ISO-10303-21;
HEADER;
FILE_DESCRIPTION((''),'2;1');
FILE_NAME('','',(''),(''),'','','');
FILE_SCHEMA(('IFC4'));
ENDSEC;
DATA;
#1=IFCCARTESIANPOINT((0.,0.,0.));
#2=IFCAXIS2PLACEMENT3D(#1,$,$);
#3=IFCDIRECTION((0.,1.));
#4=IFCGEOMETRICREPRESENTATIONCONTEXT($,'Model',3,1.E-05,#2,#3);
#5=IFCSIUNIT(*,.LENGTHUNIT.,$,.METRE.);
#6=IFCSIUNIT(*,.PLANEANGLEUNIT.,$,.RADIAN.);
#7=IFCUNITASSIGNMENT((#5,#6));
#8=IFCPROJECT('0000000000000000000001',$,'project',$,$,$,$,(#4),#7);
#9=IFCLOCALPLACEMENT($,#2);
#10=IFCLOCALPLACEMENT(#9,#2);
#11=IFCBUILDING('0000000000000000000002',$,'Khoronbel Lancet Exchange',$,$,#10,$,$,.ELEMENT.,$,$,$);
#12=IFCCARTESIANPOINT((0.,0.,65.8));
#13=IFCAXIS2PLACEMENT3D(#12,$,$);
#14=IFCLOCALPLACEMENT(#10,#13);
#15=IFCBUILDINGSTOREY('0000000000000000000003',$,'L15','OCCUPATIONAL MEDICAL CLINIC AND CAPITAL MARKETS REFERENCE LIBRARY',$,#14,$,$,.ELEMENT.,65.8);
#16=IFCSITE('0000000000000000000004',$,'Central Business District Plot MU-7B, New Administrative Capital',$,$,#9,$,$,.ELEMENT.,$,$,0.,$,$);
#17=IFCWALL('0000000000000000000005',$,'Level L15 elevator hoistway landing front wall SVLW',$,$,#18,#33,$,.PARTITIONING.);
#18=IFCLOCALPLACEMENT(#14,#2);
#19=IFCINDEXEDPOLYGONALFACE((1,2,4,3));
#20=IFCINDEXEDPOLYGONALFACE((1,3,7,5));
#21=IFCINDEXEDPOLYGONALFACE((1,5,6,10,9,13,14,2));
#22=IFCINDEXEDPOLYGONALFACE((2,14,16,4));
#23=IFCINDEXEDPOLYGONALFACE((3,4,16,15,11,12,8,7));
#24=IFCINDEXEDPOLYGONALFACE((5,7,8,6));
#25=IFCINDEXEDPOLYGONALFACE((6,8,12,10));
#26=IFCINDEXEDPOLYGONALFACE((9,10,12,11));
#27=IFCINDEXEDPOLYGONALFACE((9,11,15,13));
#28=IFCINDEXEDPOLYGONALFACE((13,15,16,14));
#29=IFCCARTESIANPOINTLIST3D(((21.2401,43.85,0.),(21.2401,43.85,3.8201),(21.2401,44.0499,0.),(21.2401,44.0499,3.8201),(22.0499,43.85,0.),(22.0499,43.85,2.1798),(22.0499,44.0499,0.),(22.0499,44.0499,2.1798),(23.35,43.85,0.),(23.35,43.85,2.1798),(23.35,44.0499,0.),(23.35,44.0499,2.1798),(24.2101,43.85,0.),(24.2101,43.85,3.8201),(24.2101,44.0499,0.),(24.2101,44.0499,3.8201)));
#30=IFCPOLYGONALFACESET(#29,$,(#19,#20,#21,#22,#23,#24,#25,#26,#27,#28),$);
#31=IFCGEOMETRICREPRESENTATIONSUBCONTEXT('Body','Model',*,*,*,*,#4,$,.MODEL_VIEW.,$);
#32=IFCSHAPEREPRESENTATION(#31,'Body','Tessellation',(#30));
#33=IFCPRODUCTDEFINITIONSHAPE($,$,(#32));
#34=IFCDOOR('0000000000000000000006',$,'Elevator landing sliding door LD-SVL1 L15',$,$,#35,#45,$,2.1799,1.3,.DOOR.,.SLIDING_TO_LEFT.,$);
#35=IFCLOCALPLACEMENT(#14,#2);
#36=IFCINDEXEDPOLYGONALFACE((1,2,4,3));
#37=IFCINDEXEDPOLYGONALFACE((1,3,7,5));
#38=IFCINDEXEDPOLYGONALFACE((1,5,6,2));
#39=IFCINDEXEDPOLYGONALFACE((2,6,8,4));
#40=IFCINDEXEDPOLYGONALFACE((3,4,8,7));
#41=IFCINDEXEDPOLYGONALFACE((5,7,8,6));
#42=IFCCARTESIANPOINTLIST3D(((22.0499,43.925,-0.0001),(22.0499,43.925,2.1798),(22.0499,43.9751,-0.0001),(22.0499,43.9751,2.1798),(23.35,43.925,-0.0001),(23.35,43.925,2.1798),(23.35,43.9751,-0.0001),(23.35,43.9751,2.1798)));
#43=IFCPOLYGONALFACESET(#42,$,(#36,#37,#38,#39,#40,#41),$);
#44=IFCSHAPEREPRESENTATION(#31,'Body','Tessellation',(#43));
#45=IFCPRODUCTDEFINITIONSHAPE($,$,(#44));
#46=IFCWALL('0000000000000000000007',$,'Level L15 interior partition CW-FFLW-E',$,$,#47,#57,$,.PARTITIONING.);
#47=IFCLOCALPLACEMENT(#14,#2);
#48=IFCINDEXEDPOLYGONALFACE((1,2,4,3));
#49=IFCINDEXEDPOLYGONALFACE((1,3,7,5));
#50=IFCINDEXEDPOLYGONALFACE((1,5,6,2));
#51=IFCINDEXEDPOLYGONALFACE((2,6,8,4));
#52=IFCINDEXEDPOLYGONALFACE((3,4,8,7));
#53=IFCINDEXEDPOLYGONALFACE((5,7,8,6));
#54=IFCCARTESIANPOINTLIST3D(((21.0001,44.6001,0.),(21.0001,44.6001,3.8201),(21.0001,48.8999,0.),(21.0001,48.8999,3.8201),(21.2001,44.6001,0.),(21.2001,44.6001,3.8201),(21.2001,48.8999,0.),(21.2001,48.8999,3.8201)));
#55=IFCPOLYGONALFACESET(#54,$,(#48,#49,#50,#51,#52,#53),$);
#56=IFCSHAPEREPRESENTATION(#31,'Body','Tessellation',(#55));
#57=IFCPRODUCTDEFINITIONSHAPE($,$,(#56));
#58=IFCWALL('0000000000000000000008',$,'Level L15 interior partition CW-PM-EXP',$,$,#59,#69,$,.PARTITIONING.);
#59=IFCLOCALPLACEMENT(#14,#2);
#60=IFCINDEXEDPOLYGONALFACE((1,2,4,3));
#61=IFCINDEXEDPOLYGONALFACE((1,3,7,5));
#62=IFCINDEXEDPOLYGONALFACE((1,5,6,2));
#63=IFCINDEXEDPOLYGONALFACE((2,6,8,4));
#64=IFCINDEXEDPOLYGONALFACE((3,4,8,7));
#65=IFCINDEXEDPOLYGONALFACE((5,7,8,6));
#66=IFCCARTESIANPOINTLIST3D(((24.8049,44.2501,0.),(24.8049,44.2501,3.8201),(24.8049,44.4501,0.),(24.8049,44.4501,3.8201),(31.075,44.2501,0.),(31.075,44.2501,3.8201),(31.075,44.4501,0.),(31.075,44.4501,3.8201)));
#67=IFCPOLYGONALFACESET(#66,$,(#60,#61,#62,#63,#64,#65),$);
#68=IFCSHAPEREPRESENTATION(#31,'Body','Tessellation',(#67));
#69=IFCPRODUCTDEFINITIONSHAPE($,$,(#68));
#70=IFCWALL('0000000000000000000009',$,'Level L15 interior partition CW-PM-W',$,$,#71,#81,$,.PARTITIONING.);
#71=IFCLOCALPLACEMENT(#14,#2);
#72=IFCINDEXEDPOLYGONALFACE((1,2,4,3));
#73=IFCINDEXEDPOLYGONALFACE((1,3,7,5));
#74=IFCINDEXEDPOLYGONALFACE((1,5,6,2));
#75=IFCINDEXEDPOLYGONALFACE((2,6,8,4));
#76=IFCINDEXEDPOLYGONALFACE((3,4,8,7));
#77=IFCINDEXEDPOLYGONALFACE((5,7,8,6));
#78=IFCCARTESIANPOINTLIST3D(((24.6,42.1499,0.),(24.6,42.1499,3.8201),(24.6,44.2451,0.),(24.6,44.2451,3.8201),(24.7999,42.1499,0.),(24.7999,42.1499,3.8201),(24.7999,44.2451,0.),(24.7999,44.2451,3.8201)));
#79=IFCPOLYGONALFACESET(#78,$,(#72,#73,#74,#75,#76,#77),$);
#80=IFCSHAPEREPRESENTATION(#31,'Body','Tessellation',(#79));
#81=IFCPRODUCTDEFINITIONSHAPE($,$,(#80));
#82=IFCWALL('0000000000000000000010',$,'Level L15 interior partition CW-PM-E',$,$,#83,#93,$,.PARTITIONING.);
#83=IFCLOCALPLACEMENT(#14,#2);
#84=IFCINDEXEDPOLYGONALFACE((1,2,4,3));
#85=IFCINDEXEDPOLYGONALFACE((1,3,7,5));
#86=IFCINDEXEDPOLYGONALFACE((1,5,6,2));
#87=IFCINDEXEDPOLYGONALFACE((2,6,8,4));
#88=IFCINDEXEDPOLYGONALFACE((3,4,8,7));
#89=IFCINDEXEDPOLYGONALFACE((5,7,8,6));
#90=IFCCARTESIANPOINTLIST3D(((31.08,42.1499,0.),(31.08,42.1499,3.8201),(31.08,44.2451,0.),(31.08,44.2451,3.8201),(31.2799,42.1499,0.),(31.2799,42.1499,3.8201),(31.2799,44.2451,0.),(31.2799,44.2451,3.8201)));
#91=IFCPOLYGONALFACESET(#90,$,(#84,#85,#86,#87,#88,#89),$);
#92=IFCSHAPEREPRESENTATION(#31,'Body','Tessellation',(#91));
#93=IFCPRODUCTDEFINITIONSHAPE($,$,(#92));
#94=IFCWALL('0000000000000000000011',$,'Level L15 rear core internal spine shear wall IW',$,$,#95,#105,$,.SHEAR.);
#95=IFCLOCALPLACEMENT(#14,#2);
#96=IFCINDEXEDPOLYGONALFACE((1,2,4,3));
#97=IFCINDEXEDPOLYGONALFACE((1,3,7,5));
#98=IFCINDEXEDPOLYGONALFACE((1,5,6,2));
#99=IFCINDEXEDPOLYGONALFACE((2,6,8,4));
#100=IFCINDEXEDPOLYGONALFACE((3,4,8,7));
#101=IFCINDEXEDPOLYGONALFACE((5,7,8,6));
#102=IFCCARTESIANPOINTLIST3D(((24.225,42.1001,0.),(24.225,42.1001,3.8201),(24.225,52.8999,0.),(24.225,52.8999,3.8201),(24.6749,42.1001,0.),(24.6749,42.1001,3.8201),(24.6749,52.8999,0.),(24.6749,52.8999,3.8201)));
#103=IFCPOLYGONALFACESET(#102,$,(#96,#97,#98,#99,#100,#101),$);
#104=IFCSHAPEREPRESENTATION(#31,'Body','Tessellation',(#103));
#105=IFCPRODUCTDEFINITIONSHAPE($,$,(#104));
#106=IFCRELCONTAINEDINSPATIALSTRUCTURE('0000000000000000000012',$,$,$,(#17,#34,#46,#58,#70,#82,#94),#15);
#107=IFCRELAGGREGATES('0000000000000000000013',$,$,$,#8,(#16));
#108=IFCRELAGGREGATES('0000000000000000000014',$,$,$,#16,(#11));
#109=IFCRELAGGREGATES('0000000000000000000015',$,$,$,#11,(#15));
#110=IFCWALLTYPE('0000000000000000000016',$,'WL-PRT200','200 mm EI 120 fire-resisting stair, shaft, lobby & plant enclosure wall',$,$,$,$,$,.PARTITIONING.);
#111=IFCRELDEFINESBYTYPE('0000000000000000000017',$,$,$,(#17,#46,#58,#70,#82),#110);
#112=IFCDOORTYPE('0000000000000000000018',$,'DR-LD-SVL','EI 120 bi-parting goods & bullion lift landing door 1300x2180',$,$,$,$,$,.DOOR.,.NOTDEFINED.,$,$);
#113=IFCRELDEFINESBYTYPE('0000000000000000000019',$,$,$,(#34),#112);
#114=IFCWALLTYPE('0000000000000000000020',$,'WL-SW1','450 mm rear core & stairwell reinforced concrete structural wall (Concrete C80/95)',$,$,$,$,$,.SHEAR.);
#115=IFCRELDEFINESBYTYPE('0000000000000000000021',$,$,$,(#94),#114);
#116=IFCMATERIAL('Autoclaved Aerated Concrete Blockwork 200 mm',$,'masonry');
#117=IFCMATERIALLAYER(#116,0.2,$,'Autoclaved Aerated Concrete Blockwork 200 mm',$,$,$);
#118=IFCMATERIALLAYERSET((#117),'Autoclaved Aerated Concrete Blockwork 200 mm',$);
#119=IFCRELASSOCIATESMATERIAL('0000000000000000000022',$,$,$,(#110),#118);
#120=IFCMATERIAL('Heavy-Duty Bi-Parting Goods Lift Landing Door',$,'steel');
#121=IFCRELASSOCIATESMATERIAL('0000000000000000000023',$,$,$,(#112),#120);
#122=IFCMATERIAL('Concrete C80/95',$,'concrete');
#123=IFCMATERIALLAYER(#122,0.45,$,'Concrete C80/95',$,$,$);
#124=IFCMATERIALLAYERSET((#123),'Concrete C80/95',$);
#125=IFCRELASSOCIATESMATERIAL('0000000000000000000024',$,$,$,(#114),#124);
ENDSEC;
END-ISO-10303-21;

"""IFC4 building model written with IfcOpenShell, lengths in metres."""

from ifc_helpers import new_model, si_unit, direction, frame, frame_2d, origin, place, context, subcontext, project, spatial, rectangle, extrude, material, layer, layer_set, type_object, element, fill, save


model = new_model("IFC4")

# Units and contexts
model_context = context("Model", 3, precision=1e-05, world=origin(), true_north=direction((0.0, 1.0)))
body_context = subcontext(model_context, "Body", "Model", "MODEL_VIEW")
ifc_project = project(units=[si_unit("LENGTHUNIT", "METRE"), si_unit("PLANEANGLEUNIT", "RADIAN")], contexts=[model_context])

# Site, building, storey
site_placement = place(None, origin())
site = spatial("IfcSite", under=ifc_project, at=site_placement, Name="Central Business District Plot MU-7B, New Administrative Capital", CompositionType="ELEMENT", RefElevation=0.0)
building_placement = place(site_placement, origin())
building = spatial("IfcBuilding", under=site, at=building_placement, Name="Khoronbel Lancet Exchange", CompositionType="ELEMENT")
storey_placement = place(building_placement, frame((0.0, 0.0, 65.8)))
storey = spatial("IfcBuildingStorey", under=building, at=storey_placement, Name="L15", Description="OCCUPATIONAL MEDICAL CLINIC AND CAPITAL MARKETS REFERENCE LIBRARY", CompositionType="ELEMENT", Elevation=65.8)

# Shared definitions
ifc_material_1 = material(Name="Concrete C80/95", Category="concrete")

# Wall, opening, door
ifc_material_2 = material(Name="Autoclaved Aerated Concrete Blockwork 200 mm", Category="masonry")
ifc_layer_1 = layer(ifc_material_2, 0.2, Name="Autoclaved Aerated Concrete Blockwork 200 mm")
ifc_layer_set_1 = layer_set([ifc_layer_1], Name="Autoclaved Aerated Concrete Blockwork 200 mm")
wall_type_1 = type_object("IfcWallType", Name="WL-PRT200", Description="200 mm EI 120 fire-resisting stair, shaft, lobby & plant enclosure wall", PredefinedType="PARTITIONING", material=ifc_layer_set_1)
wall_1_placement = place(storey_placement, frame((24.21, 43.95, 0.0), z_axis=(0.0, 0.0, 1.0), x_axis=(-1.0, 0.0, 0.0)))
wall_1 = element("IfcWall", 1, at=wall_1_placement, inside=storey, type_object=wall_type_1, Name="Level L15 elevator hoistway landing front wall SVLW", PredefinedType="PARTITIONING", context=body_context, shape_type="SweptSolid", body=[
    extrude(rectangle(XDim=2.97, YDim=0.2, at=frame_2d((1.4849, 0.0))), origin(), (0.0, 0.0, 1.0), 3.8201),
])
opening_1_placement = place(wall_1_placement, frame((0.8601, 0.0, 0.0)))
opening_1 = element("IfcOpeningElement", 2, at=opening_1_placement, cuts=wall_1, PredefinedType="OPENING", context=body_context, shape_type="SweptSolid", body=[
    extrude(rectangle(XDim=1.3, YDim=2.1799, at=frame_2d((0.6499, 1.0898))), frame((0.0, 0.1099, 0.0), z_axis=(0.0, -1.0, 0.0), x_axis=(1.0, 0.0, 0.0)), (0.0, 0.0, 1.0), 0.22),
])
ifc_material_3 = material(Name="Heavy-Duty Bi-Parting Goods Lift Landing Door", Category="steel")
door_type_1 = type_object("IfcDoorType", Name="DR-LD-SVL", Description="EI 120 bi-parting goods & bullion lift landing door 1300x2180", OperationType="NOTDEFINED", PredefinedType="DOOR", material=ifc_material_3)
door_1_placement = place(opening_1_placement, origin())
door_1 = element("IfcDoor", 3, at=door_1_placement, inside=storey, type_object=door_type_1, Name="Elevator landing sliding door LD-SVL1 L15", OperationType="SLIDING_TO_LEFT", OverallHeight=2.1799, OverallWidth=1.3, PredefinedType="DOOR", context=body_context, shape_type="SweptSolid", body=[
    extrude(rectangle(XDim=1.3, YDim=2.1799, at=frame_2d((0.6499, 1.0898))), frame((0.0, 0.0249, 0.0), z_axis=(0.0, -1.0, 0.0), x_axis=(1.0, 0.0, 0.0)), (0.0, 0.0, 1.0), 0.05),
])
fill(opening_1, door_1)

# Wall
wall_2_placement = place(storey_placement, frame((21.1001, 44.6001, 0.0), z_axis=(0.0, 0.0, 1.0), x_axis=(0.0, 1.0, 0.0)))
element("IfcWall", 4, at=wall_2_placement, inside=storey, type_object=wall_type_1, Name="Level L15 interior partition CW-FFLW-E", PredefinedType="PARTITIONING", context=body_context, shape_type="SweptSolid", body=[
    extrude(rectangle(XDim=4.2998, YDim=0.2, at=frame_2d((2.1499, 0.0))), origin(), (0.0, 0.0, 1.0), 3.8201),
])

# Walls
wall_3_placement = place(storey_placement, frame((24.8049, 44.3501, 0.0), z_axis=(0.0, 0.0, 1.0), x_axis=(1.0, 0.0, 0.0)))
element("IfcWall", 5, at=wall_3_placement, inside=storey, type_object=wall_type_1, Name="Level L15 interior partition CW-PM-EXP", PredefinedType="PARTITIONING", context=body_context, shape_type="SweptSolid", body=[
    extrude(rectangle(XDim=6.27, YDim=0.2, at=frame_2d((3.135, 0.0))), origin(), (0.0, 0.0, 1.0), 3.8201),
])
for number, where, z_axis, x_axis, name in (
    (6, (24.7, 42.1499, 0.0), (0.0, 0.0, 1.0), (0.0, 1.0, 0.0), "Level L15 interior partition CW-PM-W"),
    (7, (31.1799, 42.1499, 0.0), (0.0, 0.0, 1.0), (0.0, 1.0, 0.0), "Level L15 interior partition CW-PM-E"),
):
    element("IfcWall", number, at=place(storey_placement, frame(where, z_axis=z_axis, x_axis=x_axis)), inside=storey, type_object=wall_type_1, Name=name, PredefinedType="PARTITIONING", context=body_context, shape_type="SweptSolid", body=[
        extrude(rectangle(XDim=2.0952, YDim=0.2, at=frame_2d((1.0476, 0.0))), origin(), (0.0, 0.0, 1.0), 3.8201),
    ])
ifc_layer_2 = layer(ifc_material_1, 0.45, Name="Concrete C80/95")
ifc_layer_set_2 = layer_set([ifc_layer_2], Name="Concrete C80/95")
wall_type_2 = type_object("IfcWallType", Name="WL-SW1", Description="450 mm rear core & stairwell reinforced concrete structural wall (Concrete C80/95)", PredefinedType="SHEAR", material=ifc_layer_set_2)
wall_4_placement = place(storey_placement, frame((24.45, 42.1001, 0.0), z_axis=(0.0, 0.0, 1.0), x_axis=(0.0, 1.0, 0.0)))
element("IfcWall", 8, at=wall_4_placement, inside=storey, type_object=wall_type_2, Name="Level L15 rear core internal spine shear wall IW", PredefinedType="SHEAR", context=body_context, shape_type="SweptSolid", body=[
    extrude(rectangle(XDim=10.7998, YDim=0.45, at=frame_2d((5.3999, 0.0))), origin(), (0.0, 0.0, 1.0), 3.8201),
])

save(model, "model.ifc")
